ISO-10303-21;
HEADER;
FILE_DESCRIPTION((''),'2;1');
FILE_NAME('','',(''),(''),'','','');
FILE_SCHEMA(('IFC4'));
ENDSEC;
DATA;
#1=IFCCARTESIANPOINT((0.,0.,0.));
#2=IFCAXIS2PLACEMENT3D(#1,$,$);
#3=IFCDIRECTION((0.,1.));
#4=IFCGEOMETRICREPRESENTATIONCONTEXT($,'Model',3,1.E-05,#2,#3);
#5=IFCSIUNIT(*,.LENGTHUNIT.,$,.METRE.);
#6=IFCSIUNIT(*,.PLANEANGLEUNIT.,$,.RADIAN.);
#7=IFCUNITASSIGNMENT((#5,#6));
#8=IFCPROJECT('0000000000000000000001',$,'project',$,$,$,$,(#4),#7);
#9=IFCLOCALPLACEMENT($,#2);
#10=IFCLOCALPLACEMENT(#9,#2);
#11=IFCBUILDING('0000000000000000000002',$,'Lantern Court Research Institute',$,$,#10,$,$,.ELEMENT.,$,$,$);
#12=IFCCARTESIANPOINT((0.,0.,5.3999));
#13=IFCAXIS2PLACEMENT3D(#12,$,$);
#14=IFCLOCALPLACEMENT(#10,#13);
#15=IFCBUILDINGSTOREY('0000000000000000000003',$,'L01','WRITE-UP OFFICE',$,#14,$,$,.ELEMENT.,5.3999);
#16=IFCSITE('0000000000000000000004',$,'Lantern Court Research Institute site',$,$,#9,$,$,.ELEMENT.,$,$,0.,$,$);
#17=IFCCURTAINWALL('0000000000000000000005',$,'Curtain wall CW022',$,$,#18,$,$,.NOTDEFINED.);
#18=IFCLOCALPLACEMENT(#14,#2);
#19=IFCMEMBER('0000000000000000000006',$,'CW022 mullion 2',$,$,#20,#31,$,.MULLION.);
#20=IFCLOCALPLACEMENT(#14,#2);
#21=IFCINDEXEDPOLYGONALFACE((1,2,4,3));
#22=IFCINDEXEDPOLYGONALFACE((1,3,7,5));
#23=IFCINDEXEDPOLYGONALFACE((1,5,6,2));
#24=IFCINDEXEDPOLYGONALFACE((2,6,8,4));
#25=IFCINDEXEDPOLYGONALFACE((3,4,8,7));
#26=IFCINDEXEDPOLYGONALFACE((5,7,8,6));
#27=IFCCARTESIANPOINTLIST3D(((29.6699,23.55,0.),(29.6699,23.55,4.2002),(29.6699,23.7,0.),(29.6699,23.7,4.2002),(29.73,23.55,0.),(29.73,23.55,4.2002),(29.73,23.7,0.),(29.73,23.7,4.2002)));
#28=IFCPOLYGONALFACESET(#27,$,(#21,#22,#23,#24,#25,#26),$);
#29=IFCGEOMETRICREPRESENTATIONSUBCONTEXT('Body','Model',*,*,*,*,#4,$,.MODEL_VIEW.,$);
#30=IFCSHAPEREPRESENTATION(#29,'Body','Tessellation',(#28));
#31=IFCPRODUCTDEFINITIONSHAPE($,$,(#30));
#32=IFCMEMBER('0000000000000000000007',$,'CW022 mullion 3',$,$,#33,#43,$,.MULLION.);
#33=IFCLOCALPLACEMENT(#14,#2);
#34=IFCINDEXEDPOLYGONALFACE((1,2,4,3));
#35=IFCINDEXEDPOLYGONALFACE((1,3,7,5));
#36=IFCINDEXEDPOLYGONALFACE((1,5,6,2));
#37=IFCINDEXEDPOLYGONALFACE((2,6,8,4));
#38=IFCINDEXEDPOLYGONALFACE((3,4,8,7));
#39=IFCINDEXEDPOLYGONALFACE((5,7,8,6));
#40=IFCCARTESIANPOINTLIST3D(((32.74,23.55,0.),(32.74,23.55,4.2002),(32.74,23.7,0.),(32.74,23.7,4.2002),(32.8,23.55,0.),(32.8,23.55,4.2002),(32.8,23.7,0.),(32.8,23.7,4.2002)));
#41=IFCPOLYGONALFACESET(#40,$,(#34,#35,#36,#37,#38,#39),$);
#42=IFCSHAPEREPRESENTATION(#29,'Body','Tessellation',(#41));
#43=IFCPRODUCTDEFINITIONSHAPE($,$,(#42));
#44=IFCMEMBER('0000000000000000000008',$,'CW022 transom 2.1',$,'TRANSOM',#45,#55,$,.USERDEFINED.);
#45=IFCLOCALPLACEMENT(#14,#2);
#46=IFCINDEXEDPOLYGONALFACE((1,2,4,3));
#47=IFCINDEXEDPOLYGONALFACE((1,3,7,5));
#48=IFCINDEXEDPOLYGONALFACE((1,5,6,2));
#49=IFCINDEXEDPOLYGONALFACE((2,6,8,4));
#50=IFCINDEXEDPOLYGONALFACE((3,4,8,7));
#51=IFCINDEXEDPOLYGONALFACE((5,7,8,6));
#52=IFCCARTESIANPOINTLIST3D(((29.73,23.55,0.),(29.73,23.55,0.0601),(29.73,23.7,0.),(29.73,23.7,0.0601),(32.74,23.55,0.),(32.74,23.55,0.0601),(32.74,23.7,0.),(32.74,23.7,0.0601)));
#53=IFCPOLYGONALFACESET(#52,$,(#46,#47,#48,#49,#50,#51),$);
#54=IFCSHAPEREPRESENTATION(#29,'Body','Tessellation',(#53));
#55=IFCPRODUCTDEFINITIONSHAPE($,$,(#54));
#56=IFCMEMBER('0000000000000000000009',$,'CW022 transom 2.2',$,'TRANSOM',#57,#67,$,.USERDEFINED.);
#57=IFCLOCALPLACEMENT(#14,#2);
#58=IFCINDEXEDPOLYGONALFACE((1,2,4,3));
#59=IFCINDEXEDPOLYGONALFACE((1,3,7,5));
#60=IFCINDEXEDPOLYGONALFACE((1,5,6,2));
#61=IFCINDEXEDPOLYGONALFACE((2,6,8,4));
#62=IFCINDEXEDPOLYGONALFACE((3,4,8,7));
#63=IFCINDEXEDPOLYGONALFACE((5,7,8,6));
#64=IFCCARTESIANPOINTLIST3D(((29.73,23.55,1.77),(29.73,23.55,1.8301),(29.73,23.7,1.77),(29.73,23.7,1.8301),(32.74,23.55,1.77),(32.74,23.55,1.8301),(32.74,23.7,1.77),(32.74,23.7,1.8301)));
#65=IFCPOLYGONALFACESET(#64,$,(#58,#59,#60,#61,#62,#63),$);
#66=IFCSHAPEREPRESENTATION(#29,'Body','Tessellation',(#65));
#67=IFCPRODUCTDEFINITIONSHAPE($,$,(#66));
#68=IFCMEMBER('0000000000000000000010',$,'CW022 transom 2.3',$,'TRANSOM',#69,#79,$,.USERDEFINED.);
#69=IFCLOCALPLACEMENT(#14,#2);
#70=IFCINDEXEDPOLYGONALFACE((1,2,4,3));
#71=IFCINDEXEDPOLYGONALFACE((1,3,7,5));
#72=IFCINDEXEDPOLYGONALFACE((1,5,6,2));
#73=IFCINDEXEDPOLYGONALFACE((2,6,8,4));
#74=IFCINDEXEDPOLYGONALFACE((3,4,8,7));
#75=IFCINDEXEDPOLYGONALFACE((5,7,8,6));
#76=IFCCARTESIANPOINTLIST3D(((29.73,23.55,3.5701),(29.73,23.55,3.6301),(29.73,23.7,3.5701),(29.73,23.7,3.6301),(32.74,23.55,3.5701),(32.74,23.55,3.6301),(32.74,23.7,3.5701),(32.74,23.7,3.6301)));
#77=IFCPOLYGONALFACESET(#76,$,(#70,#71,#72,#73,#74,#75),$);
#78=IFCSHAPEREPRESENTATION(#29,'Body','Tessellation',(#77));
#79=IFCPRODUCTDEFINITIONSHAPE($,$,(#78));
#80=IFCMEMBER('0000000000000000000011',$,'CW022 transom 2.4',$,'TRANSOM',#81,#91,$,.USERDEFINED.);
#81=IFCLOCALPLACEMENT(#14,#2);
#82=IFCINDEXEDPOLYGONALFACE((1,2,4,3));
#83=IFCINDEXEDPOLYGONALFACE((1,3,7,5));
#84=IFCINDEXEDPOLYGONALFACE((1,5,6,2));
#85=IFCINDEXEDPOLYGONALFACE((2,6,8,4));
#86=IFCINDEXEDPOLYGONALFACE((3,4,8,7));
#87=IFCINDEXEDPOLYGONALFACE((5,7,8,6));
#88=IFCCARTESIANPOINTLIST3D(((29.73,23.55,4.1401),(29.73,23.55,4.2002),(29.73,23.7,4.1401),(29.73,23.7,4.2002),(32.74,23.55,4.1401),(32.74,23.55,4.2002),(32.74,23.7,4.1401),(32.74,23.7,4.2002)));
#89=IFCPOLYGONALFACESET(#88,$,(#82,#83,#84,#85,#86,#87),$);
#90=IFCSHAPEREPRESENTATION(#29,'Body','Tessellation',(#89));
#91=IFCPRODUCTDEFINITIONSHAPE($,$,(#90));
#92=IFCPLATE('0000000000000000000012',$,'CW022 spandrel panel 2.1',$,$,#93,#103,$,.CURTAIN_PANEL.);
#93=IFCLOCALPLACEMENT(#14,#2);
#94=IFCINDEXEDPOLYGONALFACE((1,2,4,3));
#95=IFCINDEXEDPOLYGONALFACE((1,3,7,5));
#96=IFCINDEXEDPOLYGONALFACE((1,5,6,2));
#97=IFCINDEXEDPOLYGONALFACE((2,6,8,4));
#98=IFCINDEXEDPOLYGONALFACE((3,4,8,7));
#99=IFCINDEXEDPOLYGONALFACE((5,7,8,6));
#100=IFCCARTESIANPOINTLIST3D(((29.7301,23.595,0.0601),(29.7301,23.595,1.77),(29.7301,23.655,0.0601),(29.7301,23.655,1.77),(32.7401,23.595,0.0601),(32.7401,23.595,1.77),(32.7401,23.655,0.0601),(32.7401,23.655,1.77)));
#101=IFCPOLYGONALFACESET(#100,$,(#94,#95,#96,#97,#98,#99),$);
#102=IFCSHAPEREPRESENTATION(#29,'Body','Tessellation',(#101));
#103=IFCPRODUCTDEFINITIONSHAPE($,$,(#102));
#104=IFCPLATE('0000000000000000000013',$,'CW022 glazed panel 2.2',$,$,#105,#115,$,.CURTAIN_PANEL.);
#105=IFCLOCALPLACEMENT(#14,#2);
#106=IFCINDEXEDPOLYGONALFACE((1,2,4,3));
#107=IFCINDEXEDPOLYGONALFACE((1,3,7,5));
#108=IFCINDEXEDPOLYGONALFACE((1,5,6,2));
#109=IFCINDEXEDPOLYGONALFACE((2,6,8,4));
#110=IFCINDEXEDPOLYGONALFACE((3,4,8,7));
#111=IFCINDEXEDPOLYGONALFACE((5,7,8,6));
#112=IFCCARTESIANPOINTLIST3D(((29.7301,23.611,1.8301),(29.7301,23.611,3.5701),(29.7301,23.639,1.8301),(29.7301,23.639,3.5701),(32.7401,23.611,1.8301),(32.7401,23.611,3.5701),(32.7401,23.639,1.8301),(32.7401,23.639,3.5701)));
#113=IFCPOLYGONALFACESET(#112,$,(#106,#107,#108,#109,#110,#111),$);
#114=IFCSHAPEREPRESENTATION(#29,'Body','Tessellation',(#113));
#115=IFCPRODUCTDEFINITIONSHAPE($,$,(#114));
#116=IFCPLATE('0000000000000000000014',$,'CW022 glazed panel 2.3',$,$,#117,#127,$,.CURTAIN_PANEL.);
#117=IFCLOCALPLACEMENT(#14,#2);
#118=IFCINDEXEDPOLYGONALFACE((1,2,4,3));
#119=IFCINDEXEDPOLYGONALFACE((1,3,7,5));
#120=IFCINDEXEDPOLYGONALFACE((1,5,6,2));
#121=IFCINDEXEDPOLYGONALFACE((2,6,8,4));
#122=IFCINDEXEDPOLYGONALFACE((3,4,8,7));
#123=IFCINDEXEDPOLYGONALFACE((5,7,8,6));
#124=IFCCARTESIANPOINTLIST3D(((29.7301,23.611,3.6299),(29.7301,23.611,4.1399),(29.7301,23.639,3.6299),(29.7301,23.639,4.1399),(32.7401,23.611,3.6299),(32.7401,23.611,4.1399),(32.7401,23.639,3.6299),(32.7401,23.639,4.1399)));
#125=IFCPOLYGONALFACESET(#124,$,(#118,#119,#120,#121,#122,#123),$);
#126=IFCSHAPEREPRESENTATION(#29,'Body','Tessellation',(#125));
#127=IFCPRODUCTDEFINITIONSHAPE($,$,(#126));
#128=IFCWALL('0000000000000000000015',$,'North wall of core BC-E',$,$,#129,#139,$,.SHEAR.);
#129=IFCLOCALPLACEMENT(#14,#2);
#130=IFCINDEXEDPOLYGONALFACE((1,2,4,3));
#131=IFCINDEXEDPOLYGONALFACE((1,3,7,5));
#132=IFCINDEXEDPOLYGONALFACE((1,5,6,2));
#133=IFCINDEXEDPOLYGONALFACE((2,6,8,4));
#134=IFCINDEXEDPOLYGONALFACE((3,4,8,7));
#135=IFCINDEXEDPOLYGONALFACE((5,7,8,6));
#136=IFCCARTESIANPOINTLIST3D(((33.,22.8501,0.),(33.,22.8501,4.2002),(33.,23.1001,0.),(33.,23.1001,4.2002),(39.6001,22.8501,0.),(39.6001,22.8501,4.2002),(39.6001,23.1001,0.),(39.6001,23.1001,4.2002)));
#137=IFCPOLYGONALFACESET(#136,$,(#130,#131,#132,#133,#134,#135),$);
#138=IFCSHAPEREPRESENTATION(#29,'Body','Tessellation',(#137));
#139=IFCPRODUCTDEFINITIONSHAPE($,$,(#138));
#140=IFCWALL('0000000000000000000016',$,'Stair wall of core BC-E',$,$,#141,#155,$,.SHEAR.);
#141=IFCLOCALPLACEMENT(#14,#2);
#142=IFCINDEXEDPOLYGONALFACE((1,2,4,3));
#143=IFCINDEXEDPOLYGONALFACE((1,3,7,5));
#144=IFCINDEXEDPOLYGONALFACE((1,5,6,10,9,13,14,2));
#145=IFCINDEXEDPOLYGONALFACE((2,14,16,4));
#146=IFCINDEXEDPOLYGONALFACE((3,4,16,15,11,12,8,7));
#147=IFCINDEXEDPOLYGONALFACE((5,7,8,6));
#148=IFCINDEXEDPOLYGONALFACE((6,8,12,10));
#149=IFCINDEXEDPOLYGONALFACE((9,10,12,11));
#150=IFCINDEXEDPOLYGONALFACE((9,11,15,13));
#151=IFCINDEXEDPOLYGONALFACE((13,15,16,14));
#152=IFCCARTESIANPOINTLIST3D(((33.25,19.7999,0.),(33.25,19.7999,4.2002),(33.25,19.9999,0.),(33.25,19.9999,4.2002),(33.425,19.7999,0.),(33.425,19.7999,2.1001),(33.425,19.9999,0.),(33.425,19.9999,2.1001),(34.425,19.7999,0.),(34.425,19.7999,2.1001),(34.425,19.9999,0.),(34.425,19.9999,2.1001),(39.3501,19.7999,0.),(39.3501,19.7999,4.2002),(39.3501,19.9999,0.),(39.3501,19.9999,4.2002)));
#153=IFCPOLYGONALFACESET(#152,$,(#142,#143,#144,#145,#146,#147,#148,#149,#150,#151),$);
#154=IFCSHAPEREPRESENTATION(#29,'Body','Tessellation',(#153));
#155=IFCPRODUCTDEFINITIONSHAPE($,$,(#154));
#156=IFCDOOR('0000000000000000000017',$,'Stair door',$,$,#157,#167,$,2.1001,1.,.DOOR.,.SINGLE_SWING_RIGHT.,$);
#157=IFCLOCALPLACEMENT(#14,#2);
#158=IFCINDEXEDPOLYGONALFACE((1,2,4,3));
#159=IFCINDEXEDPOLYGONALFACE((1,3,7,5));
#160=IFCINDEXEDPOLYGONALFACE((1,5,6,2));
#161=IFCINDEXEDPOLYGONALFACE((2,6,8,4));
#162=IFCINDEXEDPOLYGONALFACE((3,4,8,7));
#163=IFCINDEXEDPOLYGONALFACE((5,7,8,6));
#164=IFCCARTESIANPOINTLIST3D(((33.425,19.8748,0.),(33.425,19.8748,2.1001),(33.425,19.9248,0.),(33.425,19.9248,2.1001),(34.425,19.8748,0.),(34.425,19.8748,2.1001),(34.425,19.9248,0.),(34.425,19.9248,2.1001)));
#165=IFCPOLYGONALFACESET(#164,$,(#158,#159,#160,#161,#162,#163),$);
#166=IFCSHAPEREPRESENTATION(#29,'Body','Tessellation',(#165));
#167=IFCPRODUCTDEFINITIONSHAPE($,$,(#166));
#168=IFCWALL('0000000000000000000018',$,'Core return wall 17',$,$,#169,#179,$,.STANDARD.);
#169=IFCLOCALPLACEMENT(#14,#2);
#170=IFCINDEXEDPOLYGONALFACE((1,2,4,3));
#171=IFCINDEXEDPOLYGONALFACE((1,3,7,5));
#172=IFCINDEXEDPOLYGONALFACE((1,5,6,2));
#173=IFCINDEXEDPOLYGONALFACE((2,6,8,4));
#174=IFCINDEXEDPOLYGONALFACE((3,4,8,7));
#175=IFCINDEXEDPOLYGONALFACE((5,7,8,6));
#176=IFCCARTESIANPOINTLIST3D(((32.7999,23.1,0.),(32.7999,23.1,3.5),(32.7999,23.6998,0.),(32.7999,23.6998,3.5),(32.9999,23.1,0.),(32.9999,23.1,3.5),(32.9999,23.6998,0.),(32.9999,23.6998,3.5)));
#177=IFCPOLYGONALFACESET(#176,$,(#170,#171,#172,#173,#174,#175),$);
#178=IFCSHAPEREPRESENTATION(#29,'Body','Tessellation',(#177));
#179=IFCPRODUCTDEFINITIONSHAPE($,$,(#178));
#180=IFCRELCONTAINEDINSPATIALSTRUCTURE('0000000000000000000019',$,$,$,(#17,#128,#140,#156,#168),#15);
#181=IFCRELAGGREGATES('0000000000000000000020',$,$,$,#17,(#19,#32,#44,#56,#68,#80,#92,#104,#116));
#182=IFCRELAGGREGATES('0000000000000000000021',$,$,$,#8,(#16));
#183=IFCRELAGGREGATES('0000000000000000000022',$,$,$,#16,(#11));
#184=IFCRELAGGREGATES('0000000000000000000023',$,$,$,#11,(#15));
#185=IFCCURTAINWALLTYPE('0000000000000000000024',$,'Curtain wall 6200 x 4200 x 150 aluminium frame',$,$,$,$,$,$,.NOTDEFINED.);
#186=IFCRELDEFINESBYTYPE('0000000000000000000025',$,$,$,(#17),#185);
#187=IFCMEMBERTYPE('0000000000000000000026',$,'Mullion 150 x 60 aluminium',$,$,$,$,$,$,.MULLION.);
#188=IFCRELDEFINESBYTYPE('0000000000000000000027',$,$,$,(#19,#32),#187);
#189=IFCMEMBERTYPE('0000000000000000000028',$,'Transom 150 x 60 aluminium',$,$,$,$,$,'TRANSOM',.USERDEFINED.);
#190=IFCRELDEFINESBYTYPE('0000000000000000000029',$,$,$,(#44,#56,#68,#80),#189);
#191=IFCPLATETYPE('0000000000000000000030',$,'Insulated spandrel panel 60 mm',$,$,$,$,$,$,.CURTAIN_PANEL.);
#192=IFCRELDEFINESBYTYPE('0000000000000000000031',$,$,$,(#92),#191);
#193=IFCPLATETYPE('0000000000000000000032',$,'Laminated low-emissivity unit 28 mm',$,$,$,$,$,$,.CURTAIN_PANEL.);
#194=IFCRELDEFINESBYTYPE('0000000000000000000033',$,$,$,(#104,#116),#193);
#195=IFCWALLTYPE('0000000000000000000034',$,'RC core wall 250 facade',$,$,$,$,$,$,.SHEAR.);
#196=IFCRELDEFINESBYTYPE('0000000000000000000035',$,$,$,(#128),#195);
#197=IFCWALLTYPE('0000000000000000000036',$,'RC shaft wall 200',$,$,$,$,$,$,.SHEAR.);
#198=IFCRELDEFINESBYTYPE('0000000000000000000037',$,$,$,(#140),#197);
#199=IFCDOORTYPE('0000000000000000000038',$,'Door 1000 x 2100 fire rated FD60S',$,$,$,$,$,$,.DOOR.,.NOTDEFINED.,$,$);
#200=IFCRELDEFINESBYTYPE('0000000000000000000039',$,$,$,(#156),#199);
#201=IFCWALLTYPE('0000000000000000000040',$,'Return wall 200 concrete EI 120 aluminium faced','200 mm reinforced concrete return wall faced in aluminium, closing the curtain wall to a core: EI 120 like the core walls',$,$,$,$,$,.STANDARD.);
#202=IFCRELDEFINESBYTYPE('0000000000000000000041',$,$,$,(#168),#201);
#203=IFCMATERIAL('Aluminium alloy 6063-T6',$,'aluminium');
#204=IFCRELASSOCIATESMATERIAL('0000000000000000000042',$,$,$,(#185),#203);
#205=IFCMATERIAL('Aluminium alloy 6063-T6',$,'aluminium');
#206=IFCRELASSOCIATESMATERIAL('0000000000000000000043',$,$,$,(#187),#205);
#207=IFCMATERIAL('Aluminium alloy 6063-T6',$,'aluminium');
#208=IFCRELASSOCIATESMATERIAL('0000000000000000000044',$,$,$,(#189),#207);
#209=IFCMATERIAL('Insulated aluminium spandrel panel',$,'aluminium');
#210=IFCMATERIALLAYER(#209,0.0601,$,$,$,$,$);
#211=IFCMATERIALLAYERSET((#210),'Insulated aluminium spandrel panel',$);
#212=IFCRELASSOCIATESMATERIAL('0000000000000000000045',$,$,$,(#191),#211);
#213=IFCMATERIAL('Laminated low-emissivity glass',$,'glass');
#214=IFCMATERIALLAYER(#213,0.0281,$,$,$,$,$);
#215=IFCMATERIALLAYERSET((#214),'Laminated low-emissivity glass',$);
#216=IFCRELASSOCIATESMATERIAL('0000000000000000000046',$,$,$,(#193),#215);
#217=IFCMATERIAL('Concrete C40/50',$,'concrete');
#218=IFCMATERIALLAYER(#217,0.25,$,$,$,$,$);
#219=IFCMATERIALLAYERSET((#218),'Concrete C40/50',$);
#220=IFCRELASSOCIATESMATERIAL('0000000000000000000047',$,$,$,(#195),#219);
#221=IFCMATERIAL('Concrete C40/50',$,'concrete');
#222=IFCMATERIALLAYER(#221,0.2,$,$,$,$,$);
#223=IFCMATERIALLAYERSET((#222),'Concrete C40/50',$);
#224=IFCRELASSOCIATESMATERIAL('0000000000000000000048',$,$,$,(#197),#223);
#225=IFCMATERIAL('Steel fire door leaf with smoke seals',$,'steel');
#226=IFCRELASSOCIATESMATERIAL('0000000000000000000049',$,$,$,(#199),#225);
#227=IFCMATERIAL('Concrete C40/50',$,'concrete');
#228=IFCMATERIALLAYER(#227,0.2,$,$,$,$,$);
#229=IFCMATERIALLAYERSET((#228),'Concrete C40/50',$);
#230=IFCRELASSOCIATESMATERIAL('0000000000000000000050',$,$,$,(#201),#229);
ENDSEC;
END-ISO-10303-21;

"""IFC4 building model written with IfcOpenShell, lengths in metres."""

from ifc_helpers import new_model, si_unit, direction, frame, frame_2d, origin, origin_2d, place, context, subcontext, project, spatial, rectangle, extrude, material, layer, layer_set, material_profile, profile_set, type_object, element, fill, aggregate, save


model = new_model("IFC4")

# Units and contexts
model_context = context("Model", 3, precision=1e-05, world=origin(), true_north=direction((0.0, 1.0)))
body_context = subcontext(model_context, "Body", "Model", "MODEL_VIEW")
ifc_project = project(units=[si_unit("LENGTHUNIT", "METRE"), si_unit("PLANEANGLEUNIT", "RADIAN")], contexts=[model_context])

# Site, building, storey
site_placement = place(None, origin())
site = spatial("IfcSite", under=ifc_project, at=site_placement, Name="Lantern Court Research Institute site", CompositionType="ELEMENT", RefElevation=0.0)
building_placement = place(site_placement, origin())
building = spatial("IfcBuilding", under=site, at=building_placement, Name="Lantern Court Research Institute", CompositionType="ELEMENT")
storey_placement = place(building_placement, frame((0.0, 0.0, 5.3999)))
storey = spatial("IfcBuildingStorey", under=building, at=storey_placement, Name="L01", Description="WRITE-UP OFFICE", CompositionType="ELEMENT", Elevation=5.3999)

# Curtain wall, members, plates
ifc_material_1 = material(Name="Aluminium alloy 6063-T6", Category="aluminium")
curtain_wall_type = type_object("IfcCurtainWallType", Name="Curtain wall 6200 x 4200 x 150 aluminium frame", PredefinedType="NOTDEFINED", material=ifc_material_1)
curtain_wall_placement = place(storey_placement, origin())
curtain_wall = element("IfcCurtainWall", 1, at=curtain_wall_placement, inside=storey, type_object=curtain_wall_type, Name="Curtain wall CW022", PredefinedType="NOTDEFINED")
ifc_material_2 = material(Name="Aluminium alloy 6063-T6", Category="aluminium")
ifc_material_profile_1 = material_profile(ifc_material_2, rectangle(XDim=0.1499, YDim=0.0601, at=origin_2d()), Name="Mullion 150 x 60")
ifc_profile_set_1 = profile_set([ifc_material_profile_1], Name="Aluminium alloy 6063-T6")
member_type_1 = type_object("IfcMemberType", Name="Mullion 150 x 60 aluminium", PredefinedType="MULLION", material=ifc_profile_set_1)
member_1_placement = place(storey_placement, frame((29.7, 23.625, 0.0), z_axis=(0.0, 0.0, 1.0), x_axis=(0.0, 1.0, 0.0)))
member_1 = element("IfcMember", 2, at=member_1_placement, type_object=member_type_1, Name="CW022 mullion 2", PredefinedType="MULLION", context=body_context, shape_type="SweptSolid", body=[
    extrude(rectangle(XDim=0.1499, YDim=0.0601, at=origin_2d()), origin(), (0.0, 0.0, 1.0), 4.2002),
])
member_2_placement = place(storey_placement, frame((32.77, 23.625, 0.0), z_axis=(0.0, 0.0, 1.0), x_axis=(0.0, 1.0, 0.0)))
member_2 = element("IfcMember", 3, at=member_2_placement, type_object=member_type_1, Name="CW022 mullion 3", PredefinedType="MULLION", context=body_context, shape_type="SweptSolid", body=[
    extrude(rectangle(XDim=0.1499, YDim=0.0601, at=origin_2d()), origin(), (0.0, 0.0, 1.0), 4.2002),
])
ifc_material_3 = material(Name="Aluminium alloy 6063-T6", Category="aluminium")
ifc_material_profile_2 = material_profile(ifc_material_3, rectangle(XDim=0.1499, YDim=0.0601, at=origin_2d()), Name="Transom 150 x 60")
ifc_profile_set_2 = profile_set([ifc_material_profile_2], Name="Aluminium alloy 6063-T6")
member_type_2 = type_object("IfcMemberType", Name="Transom 150 x 60 aluminium", ElementType="TRANSOM", PredefinedType="USERDEFINED", material=ifc_profile_set_2)
member_3_placement = place(storey_placement, frame((29.73, 23.625, 0.03), z_axis=(1.0, 0.0, 0.0), x_axis=(0.0, 1.0, 0.0)))
member_3 = element("IfcMember", 4, at=member_3_placement, type_object=member_type_2, Name="CW022 transom 2.1", ObjectType="TRANSOM", PredefinedType="USERDEFINED", context=body_context, shape_type="SweptSolid", body=[
    extrude(rectangle(XDim=0.1499, YDim=0.0601, at=origin_2d()), origin(), (0.0, 0.0, 1.0), 3.01),
])
member_4_placement = place(storey_placement, frame((29.73, 23.625, 1.8), z_axis=(1.0, 0.0, 0.0), x_axis=(0.0, 1.0, 0.0)))
member_4 = element("IfcMember", 5, at=member_4_placement, type_object=member_type_2, Name="CW022 transom 2.2", ObjectType="TRANSOM", PredefinedType="USERDEFINED", context=body_context, shape_type="SweptSolid", body=[
    extrude(rectangle(XDim=0.1499, YDim=0.0601, at=origin_2d()), origin(), (0.0, 0.0, 1.0), 3.01),
])
member_5_placement = place(storey_placement, frame((29.73, 23.625, 3.6001), z_axis=(1.0, 0.0, 0.0), x_axis=(0.0, 1.0, 0.0)))
member_5 = element("IfcMember", 6, at=member_5_placement, type_object=member_type_2, Name="CW022 transom 2.3", ObjectType="TRANSOM", PredefinedType="USERDEFINED", context=body_context, shape_type="SweptSolid", body=[
    extrude(rectangle(XDim=0.1499, YDim=0.0601, at=origin_2d()), origin(), (0.0, 0.0, 1.0), 3.01),
])
member_6_placement = place(storey_placement, frame((29.73, 23.625, 4.1702), z_axis=(1.0, 0.0, 0.0), x_axis=(0.0, 1.0, 0.0)))
member_6 = element("IfcMember", 7, at=member_6_placement, type_object=member_type_2, Name="CW022 transom 2.4", ObjectType="TRANSOM", PredefinedType="USERDEFINED", context=body_context, shape_type="SweptSolid", body=[
    extrude(rectangle(XDim=0.1499, YDim=0.0601, at=origin_2d()), origin(), (0.0, 0.0, 1.0), 3.01),
])
ifc_material_4 = material(Name="Insulated aluminium spandrel panel", Category="aluminium")
ifc_layer_1 = layer(ifc_material_4, 0.0601)
ifc_layer_set_1 = layer_set([ifc_layer_1], Name="Insulated aluminium spandrel panel")
plate_type_1 = type_object("IfcPlateType", Name="Insulated spandrel panel 60 mm", PredefinedType="CURTAIN_PANEL", material=ifc_layer_set_1)
plate_1_placement = place(storey_placement, frame((31.2351, 23.625, 0.0601), z_axis=(0.0, 0.0, 1.0), x_axis=(1.0, 0.0, 0.0)))
plate_1 = element("IfcPlate", 8, at=plate_1_placement, type_object=plate_type_1, Name="CW022 spandrel panel 2.1", PredefinedType="CURTAIN_PANEL", context=body_context, shape_type="SweptSolid", body=[
    extrude(rectangle(XDim=3.01, YDim=0.0601, at=origin_2d()), origin(), (0.0, 0.0, 1.0), 1.71),
])
ifc_material_5 = material(Name="Laminated low-emissivity glass", Category="glass")
ifc_layer_2 = layer(ifc_material_5, 0.0281)
ifc_layer_set_2 = layer_set([ifc_layer_2], Name="Laminated low-emissivity glass")
plate_type_2 = type_object("IfcPlateType", Name="Laminated low-emissivity unit 28 mm", PredefinedType="CURTAIN_PANEL", material=ifc_layer_set_2)
plate_2_placement = place(storey_placement, frame((31.2351, 23.625, 1.8301), z_axis=(0.0, 0.0, 1.0), x_axis=(1.0, 0.0, 0.0)))
plate_2 = element("IfcPlate", 9, at=plate_2_placement, type_object=plate_type_2, Name="CW022 glazed panel 2.2", PredefinedType="CURTAIN_PANEL", context=body_context, shape_type="SweptSolid", body=[
    extrude(rectangle(XDim=3.01, YDim=0.0281, at=origin_2d()), origin(), (0.0, 0.0, 1.0), 1.74),
])
plate_3_placement = place(storey_placement, frame((31.2351, 23.625, 3.6299), z_axis=(0.0, 0.0, 1.0), x_axis=(1.0, 0.0, 0.0)))
plate_3 = element("IfcPlate", 10, at=plate_3_placement, type_object=plate_type_2, Name="CW022 glazed panel 2.3", PredefinedType="CURTAIN_PANEL", context=body_context, shape_type="SweptSolid", body=[
    extrude(rectangle(XDim=3.01, YDim=0.0281, at=origin_2d()), origin(), (0.0, 0.0, 1.0), 0.51),
])
aggregate(curtain_wall, [member_1, member_2, member_3, member_4, member_5, member_6, plate_1, plate_2, plate_3])

# Wall
ifc_material_6 = material(Name="Concrete C40/50", Category="concrete")
ifc_layer_3 = layer(ifc_material_6, 0.25)
ifc_layer_set_3 = layer_set([ifc_layer_3], Name="Concrete C40/50")
wall_type_1 = type_object("IfcWallType", Name="RC core wall 250 facade", PredefinedType="SHEAR", material=ifc_layer_set_3)
wall_1_placement = place(storey_placement, frame((33.0, 22.9751, 0.0), z_axis=(0.0, 0.0, 1.0), x_axis=(1.0, 0.0, 0.0)))
element("IfcWall", 11, at=wall_1_placement, inside=storey, type_object=wall_type_1, Name="North wall of core BC-E", PredefinedType="SHEAR", context=body_context, shape_type="SweptSolid", body=[
    extrude(rectangle(XDim=6.6001, YDim=0.25, at=frame_2d((3.3, 0.0))), origin(), (0.0, 0.0, 1.0), 4.2002),
])

# Wall, opening, door
ifc_material_7 = material(Name="Concrete C40/50", Category="concrete")
ifc_layer_4 = layer(ifc_material_7, 0.2)
ifc_layer_set_4 = layer_set([ifc_layer_4], Name="Concrete C40/50")
wall_type_2 = type_object("IfcWallType", Name="RC shaft wall 200", PredefinedType="SHEAR", material=ifc_layer_set_4)
wall_2_placement = place(storey_placement, frame((33.25, 19.8999, 0.0), z_axis=(0.0, 0.0, 1.0), x_axis=(1.0, 0.0, 0.0)))
wall_2 = element("IfcWall", 12, at=wall_2_placement, inside=storey, type_object=wall_type_2, Name="Stair wall of core BC-E", PredefinedType="SHEAR", context=body_context, shape_type="SweptSolid", body=[
    extrude(rectangle(XDim=6.1001, YDim=0.2, at=frame_2d((3.05, 0.0))), origin(), (0.0, 0.0, 1.0), 4.2002),
])
opening_placement = place(wall_2_placement, frame((0.175, 0.0, 0.0)))
opening = element("IfcOpeningElement", 13, at=opening_placement, cuts=wall_2, PredefinedType="OPENING", context=body_context, shape_type="SweptSolid", body=[
    extrude(rectangle(XDim=1.0, YDim=2.1001, at=frame_2d((0.5, 1.05))), frame((0.0, 0.1099, 0.0), z_axis=(0.0, -1.0, 0.0), x_axis=(1.0, 0.0, 0.0)), (0.0, 0.0, 1.0), 0.22),
])
ifc_material_8 = material(Name="Steel fire door leaf with smoke seals", Category="steel")
door_type = type_object("IfcDoorType", Name="Door 1000 x 2100 fire rated FD60S", OperationType="NOTDEFINED", PredefinedType="DOOR", material=ifc_material_8)
door_placement = place(opening_placement, origin())
door = element("IfcDoor", 14, at=door_placement, inside=storey, type_object=door_type, Name="Stair door", OperationType="SINGLE_SWING_RIGHT", OverallHeight=2.1001, OverallWidth=1.0, PredefinedType="DOOR", context=body_context, shape_type="SweptSolid", body=[
    extrude(rectangle(XDim=1.0, YDim=2.1001, at=frame_2d((0.5, 1.05))), frame((0.0, 0.0249, 0.0), z_axis=(0.0, -1.0, 0.0), x_axis=(1.0, 0.0, 0.0)), (0.0, 0.0, 1.0), 0.05),
])
fill(opening, door)

# Wall
ifc_material_9 = material(Name="Concrete C40/50", Category="concrete")
ifc_layer_5 = layer(ifc_material_9, 0.2)
ifc_layer_set_5 = layer_set([ifc_layer_5], Name="Concrete C40/50")
wall_type_3 = type_object("IfcWallType", Name="Return wall 200 concrete EI 120 aluminium faced", Description="200 mm reinforced concrete return wall faced in aluminium, closing the curtain wall to a core: EI 120 like the core walls", PredefinedType="STANDARD", material=ifc_layer_set_5)
wall_3_placement = place(storey_placement, frame((32.8999, 23.1001, 0.0), z_axis=(0.0, 0.0, 1.0), x_axis=(0.0, 1.0, 0.0)))
element("IfcWall", 15, at=wall_3_placement, inside=storey, type_object=wall_type_3, Name="Core return wall 17", PredefinedType="STANDARD", context=body_context, shape_type="SweptSolid", body=[
    extrude(rectangle(XDim=0.5999, YDim=0.2, at=frame_2d((0.2998, 0.0))), origin(), (0.0, 0.0, 1.0), 3.5),
])

save(model, "model.ifc")
